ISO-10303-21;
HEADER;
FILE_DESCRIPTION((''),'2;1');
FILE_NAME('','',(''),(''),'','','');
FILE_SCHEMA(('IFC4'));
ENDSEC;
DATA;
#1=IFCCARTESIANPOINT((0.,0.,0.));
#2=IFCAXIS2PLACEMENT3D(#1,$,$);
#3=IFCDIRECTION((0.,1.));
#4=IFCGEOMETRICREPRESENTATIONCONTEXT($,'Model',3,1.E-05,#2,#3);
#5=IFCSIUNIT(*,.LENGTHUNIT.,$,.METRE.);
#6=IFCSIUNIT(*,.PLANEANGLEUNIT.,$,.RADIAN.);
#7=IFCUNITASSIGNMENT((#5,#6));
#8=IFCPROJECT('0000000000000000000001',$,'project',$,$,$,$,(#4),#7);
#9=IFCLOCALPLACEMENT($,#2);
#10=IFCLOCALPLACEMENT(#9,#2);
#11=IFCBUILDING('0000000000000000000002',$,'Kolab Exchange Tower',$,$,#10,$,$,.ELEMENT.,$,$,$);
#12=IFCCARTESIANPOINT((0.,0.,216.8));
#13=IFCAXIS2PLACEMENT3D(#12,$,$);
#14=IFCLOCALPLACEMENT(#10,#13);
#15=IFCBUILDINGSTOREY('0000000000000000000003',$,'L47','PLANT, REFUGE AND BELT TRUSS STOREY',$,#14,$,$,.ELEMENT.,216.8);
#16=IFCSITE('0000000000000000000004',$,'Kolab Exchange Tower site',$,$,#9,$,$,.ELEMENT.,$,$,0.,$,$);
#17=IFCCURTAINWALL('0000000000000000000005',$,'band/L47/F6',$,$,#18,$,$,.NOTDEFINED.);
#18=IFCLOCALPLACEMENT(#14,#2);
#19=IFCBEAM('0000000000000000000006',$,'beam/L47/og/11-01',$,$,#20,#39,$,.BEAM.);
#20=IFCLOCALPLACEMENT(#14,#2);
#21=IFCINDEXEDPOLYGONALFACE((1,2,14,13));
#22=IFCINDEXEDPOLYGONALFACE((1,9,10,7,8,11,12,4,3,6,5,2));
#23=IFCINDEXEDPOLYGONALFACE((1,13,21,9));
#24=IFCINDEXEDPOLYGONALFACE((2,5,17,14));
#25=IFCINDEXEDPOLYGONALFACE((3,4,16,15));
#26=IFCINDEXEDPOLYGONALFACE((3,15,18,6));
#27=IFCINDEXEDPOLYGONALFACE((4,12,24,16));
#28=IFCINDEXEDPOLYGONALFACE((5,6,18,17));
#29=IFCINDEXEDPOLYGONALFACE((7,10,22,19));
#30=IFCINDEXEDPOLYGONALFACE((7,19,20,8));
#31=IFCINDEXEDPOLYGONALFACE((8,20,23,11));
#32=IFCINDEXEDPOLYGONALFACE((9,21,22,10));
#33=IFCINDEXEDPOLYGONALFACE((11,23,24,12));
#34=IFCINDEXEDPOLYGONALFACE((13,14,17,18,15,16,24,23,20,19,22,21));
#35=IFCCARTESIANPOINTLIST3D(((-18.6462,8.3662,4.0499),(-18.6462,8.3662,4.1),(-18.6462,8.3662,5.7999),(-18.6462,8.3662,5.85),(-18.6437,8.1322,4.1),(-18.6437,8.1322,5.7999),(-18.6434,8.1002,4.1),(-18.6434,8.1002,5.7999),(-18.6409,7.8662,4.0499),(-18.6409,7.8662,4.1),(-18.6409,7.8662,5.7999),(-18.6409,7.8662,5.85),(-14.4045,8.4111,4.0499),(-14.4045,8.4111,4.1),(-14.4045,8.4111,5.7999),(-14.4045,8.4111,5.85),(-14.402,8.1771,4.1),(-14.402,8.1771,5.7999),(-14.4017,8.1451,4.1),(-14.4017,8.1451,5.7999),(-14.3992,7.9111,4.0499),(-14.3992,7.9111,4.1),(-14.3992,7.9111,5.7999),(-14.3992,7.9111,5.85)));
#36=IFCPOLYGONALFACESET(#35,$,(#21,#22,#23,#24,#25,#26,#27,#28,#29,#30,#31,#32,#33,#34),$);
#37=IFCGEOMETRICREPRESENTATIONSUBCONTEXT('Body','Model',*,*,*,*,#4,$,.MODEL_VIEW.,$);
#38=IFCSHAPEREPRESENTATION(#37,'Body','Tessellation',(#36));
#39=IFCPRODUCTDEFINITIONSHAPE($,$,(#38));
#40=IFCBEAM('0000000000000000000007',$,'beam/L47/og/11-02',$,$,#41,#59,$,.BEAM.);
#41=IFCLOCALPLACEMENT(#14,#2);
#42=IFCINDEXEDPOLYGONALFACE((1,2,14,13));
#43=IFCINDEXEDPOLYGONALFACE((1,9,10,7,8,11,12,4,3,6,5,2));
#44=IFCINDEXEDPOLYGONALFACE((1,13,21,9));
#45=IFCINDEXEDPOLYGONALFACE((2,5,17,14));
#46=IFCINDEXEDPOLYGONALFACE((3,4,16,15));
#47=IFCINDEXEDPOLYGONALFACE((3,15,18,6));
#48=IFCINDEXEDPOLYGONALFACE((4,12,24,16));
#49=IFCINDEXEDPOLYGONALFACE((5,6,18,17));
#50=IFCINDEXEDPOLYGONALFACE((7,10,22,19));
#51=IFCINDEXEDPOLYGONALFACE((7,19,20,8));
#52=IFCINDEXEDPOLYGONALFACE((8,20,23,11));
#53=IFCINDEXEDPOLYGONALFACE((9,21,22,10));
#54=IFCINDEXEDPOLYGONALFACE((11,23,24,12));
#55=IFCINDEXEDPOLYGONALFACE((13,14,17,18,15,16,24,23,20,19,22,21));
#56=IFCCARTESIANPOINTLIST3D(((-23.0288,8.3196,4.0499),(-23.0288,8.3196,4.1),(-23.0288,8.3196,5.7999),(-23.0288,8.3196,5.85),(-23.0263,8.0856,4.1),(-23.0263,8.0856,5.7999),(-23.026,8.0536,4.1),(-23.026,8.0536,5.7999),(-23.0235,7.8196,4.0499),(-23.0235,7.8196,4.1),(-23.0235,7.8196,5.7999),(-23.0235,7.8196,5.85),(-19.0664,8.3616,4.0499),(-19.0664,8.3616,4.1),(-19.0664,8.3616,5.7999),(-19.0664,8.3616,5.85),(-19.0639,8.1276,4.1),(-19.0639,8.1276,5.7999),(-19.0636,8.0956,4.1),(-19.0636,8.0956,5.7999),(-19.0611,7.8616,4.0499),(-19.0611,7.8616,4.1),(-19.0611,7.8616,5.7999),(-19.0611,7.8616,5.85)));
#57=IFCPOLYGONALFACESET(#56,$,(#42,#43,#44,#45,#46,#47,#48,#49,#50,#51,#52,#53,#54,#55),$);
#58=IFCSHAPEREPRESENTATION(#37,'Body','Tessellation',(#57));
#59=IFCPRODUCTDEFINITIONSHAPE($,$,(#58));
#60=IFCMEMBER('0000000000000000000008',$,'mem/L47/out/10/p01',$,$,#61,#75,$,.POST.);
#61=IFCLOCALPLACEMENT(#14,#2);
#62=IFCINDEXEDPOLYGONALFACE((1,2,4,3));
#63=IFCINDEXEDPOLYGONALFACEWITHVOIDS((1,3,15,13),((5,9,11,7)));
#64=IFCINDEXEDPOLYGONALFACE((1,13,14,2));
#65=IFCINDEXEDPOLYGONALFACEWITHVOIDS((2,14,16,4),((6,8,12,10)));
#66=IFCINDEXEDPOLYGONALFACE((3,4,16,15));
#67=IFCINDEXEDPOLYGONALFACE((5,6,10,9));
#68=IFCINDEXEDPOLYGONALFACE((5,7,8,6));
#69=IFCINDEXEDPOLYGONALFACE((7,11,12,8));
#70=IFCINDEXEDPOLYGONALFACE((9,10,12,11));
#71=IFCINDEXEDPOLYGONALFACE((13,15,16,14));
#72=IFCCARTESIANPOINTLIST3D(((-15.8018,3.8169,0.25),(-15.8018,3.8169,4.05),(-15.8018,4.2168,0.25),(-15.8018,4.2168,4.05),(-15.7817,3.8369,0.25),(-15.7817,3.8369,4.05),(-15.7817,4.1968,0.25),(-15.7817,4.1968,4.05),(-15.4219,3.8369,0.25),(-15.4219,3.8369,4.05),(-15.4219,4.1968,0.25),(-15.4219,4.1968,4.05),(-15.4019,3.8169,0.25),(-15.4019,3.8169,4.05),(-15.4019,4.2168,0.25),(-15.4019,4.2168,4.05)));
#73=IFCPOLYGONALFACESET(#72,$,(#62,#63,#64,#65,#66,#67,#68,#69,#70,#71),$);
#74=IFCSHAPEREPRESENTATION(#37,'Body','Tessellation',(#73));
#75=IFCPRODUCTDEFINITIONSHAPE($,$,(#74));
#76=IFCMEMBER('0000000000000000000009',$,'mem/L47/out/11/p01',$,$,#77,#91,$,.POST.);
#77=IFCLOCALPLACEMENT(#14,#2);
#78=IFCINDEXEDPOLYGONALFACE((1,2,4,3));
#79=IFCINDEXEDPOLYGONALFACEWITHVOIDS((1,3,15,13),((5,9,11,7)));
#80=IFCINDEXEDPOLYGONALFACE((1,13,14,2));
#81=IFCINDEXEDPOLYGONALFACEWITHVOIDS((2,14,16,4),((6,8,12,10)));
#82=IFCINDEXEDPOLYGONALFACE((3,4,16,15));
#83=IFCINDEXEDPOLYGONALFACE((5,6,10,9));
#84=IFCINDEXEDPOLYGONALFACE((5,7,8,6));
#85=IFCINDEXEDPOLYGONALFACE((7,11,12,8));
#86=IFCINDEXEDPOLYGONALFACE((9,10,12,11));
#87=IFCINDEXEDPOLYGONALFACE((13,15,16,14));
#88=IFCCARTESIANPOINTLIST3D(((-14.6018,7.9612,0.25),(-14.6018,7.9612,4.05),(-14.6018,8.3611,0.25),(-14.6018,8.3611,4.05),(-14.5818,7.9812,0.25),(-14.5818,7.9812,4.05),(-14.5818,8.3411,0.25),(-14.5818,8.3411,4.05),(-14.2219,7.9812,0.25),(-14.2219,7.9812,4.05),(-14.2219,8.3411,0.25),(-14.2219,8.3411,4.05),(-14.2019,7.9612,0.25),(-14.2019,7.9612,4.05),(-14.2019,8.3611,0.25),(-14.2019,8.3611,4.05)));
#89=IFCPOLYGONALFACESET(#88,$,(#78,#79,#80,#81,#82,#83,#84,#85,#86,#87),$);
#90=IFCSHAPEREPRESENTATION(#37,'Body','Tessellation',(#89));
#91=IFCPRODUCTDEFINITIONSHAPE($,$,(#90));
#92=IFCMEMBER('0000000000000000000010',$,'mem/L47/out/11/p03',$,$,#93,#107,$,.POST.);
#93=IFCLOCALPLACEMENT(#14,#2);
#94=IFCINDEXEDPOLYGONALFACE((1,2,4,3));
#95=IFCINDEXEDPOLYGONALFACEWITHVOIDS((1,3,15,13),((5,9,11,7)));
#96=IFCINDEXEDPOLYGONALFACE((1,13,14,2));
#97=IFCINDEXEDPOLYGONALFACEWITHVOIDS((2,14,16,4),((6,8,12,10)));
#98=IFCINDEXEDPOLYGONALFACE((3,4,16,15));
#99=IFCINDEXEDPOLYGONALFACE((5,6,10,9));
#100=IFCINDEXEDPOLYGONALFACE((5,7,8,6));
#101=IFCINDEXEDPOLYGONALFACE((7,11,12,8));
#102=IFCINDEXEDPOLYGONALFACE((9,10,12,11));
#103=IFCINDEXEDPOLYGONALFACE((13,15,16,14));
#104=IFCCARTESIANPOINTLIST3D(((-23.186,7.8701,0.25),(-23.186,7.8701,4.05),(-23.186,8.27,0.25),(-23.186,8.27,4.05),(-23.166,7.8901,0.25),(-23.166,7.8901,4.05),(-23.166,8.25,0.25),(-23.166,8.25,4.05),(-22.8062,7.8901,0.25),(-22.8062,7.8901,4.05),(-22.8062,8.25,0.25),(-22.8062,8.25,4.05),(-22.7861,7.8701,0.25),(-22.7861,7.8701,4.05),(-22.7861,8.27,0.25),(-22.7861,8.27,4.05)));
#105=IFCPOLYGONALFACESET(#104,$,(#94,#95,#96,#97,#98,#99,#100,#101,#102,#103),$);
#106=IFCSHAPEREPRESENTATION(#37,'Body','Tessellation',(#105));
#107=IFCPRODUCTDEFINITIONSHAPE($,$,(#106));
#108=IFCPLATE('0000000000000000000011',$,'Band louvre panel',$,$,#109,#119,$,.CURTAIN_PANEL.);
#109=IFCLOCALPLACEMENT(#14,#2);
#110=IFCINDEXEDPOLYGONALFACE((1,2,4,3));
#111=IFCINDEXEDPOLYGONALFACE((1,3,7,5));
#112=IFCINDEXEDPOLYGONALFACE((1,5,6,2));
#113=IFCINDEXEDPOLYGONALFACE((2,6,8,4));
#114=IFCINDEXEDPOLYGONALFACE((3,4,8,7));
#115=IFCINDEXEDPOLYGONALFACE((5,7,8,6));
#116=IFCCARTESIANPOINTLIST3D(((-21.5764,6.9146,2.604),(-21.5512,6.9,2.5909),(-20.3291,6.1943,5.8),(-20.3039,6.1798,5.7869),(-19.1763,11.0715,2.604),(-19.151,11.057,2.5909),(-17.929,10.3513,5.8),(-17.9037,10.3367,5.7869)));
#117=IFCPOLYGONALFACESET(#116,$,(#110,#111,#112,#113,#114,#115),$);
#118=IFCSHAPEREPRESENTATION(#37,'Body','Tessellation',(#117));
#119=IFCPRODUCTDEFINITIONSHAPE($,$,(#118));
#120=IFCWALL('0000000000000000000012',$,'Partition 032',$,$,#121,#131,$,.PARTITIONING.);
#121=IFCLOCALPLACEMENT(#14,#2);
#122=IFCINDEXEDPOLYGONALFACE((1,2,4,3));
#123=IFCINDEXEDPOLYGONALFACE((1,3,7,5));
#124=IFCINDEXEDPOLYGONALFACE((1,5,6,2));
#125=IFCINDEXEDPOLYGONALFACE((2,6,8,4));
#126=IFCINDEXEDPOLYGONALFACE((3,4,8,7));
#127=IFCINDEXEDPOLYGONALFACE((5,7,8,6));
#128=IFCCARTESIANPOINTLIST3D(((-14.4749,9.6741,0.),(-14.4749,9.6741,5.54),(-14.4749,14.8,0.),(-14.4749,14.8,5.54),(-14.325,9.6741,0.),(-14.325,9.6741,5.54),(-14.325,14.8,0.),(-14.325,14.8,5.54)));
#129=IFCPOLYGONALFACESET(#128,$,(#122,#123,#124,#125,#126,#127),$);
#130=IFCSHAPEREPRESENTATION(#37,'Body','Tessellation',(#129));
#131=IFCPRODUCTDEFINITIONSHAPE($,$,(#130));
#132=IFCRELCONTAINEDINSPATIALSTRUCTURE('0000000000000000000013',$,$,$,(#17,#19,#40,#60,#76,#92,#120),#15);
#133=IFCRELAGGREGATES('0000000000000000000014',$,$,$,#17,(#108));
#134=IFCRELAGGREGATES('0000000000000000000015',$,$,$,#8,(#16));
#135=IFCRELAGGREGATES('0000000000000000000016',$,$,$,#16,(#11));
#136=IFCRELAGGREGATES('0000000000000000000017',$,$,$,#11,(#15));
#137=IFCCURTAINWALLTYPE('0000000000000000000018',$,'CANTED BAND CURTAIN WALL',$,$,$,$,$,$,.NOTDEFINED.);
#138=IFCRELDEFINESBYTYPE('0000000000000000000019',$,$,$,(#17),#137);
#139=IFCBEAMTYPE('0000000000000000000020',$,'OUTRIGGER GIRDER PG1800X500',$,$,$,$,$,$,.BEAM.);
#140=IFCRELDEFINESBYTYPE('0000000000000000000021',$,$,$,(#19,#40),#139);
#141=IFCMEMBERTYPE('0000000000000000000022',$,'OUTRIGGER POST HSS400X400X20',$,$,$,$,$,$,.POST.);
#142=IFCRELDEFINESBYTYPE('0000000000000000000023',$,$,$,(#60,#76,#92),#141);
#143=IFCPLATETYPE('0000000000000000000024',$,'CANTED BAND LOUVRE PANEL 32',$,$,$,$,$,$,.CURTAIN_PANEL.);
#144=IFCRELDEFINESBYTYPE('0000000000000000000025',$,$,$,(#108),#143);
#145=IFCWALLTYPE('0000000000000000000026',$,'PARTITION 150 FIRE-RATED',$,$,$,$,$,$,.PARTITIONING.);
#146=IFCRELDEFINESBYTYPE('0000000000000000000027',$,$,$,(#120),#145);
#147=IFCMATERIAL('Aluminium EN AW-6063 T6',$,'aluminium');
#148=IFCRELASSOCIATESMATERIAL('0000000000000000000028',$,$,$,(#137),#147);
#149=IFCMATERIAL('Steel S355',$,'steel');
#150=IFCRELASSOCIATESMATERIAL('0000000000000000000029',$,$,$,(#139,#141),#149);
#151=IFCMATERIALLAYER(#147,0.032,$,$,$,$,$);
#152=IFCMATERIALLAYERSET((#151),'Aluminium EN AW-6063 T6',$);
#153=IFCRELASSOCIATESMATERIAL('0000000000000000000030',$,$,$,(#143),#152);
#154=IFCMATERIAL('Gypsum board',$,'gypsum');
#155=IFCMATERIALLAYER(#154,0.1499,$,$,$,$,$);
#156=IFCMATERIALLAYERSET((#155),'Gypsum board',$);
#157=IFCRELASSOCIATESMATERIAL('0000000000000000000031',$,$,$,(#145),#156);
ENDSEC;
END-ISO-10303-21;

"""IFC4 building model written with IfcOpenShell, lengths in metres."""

from ifc_helpers import new_model, si_unit, direction, frame, frame_2d, origin, origin_2d, place, context, subcontext, project, spatial, polyline, rectangle, hollow_rectangle, i_section, outline, extrude, material, layer, layer_set, material_profile, profile_set, type_object, element, aggregate, save


model = new_model("IFC4")

# Units and contexts
model_context = context("Model", 3, precision=1e-05, world=origin(), true_north=direction((0.0, 1.0)))
body_context = subcontext(model_context, "Body", "Model", "MODEL_VIEW")
ifc_project = project(units=[si_unit("LENGTHUNIT", "METRE"), si_unit("PLANEANGLEUNIT", "RADIAN")], contexts=[model_context])

# Site, building, storey
site_placement = place(None, origin())
site = spatial("IfcSite", under=ifc_project, at=site_placement, Name="Kolab Exchange Tower site", CompositionType="ELEMENT", RefElevation=0.0)
building_placement = place(site_placement, origin())
building = spatial("IfcBuilding", under=site, at=building_placement, Name="Kolab Exchange Tower", CompositionType="ELEMENT")
storey_placement = place(building_placement, frame((0.0, 0.0, 216.8)))
storey = spatial("IfcBuildingStorey", under=building, at=storey_placement, Name="L47", Description="PLANT, REFUGE AND BELT TRUSS STOREY", CompositionType="ELEMENT", Elevation=216.8)

# Shared definitions
ifc_material_1 = material(Name="Steel S355", Category="steel")

# Curtain wall
ifc_material_2 = material(Name="Aluminium EN AW-6063 T6", Category="aluminium")
curtain_wall_type = type_object("IfcCurtainWallType", Name="CANTED BAND CURTAIN WALL", PredefinedType="NOTDEFINED", material=ifc_material_2)
curtain_wall_placement = place(storey_placement, origin())
curtain_wall = element("IfcCurtainWall", 1, at=curtain_wall_placement, inside=storey, type_object=curtain_wall_type, Name="band/L47/F6", PredefinedType="NOTDEFINED")

# Beams
ifc_material_profile_1 = material_profile(ifc_material_1, i_section(OverallWidth=0.5, OverallDepth=1.8, WebThickness=0.032, FlangeThickness=0.05, at=origin_2d()), Name="PG1800X500")
ifc_profile_set_1 = profile_set([ifc_material_profile_1], Name="Steel S355")
beam_type_1 = type_object("IfcBeamType", Name="OUTRIGGER GIRDER PG1800X500", PredefinedType="BEAM", material=ifc_profile_set_1)
beam_1_placement = place(storey_placement, frame((-14.4019, 8.1611, 4.95), z_axis=(-0.999944, -0.01059, 0.0), x_axis=(0.01059, -0.999944, 0.0)))
element("IfcBeam", 2, at=beam_1_placement, inside=storey, type_object=beam_type_1, Name="beam/L47/og/11-01", PredefinedType="BEAM", context=body_context, shape_type="SweptSolid", body=[
    extrude(i_section(OverallWidth=0.5, OverallDepth=1.8, WebThickness=0.032, FlangeThickness=0.05, at=origin_2d()), origin(), (0.0, 0.0, 1.0), 4.2419),
])
beam_2_placement = place(storey_placement, frame((-19.0637, 8.1116, 4.95), z_axis=(-0.999944, -0.010597, 0.0), x_axis=(0.010597, -0.999944, 0.0)))
element("IfcBeam", 3, at=beam_2_placement, inside=storey, type_object=beam_type_1, Name="beam/L47/og/11-02", PredefinedType="BEAM", context=body_context, shape_type="SweptSolid", body=[
    extrude(i_section(OverallWidth=0.5, OverallDepth=1.8, WebThickness=0.032, FlangeThickness=0.05, at=origin_2d()), origin(), (0.0, 0.0, 1.0), 3.9626),
])

# Members
ifc_material_profile_2 = material_profile(ifc_material_1, hollow_rectangle(XDim=0.3999, YDim=0.3999, WallThickness=0.02, at=origin_2d()), Name="HSS400X400X20")
ifc_profile_set_2 = profile_set([ifc_material_profile_2], Name="Steel S355")
member_type_1 = type_object("IfcMemberType", Name="OUTRIGGER POST HSS400X400X20", PredefinedType="POST", material=ifc_profile_set_2)
for number, where, z_axis, x_axis, name in (
    (4, (-15.6018, 4.0168, 0.25), (0.0, 0.0, 1.0), (1.0, 0.0, 0.0), "mem/L47/out/10/p01"),
    (5, (-14.4019, 8.1611, 0.25), (0.0, 0.0, 1.0), (1.0, 0.0, 0.0), "mem/L47/out/11/p01"),
    (6, (-22.9861, 8.0701, 0.25), (0.0, 0.0, 1.0), (1.0, 0.0, 0.0), "mem/L47/out/11/p03"),
):
    element("IfcMember", number, at=place(storey_placement, frame(where, z_axis=z_axis, x_axis=x_axis)), inside=storey, type_object=member_type_1, Name=name, PredefinedType="POST", context=body_context, shape_type="SweptSolid", body=[
        extrude(hollow_rectangle(XDim=0.3999, YDim=0.3999, WallThickness=0.02, at=origin_2d()), origin(), (0.0, 0.0, 1.0), 3.8),
    ])

# Plate
ifc_layer_1 = layer(ifc_material_2, 0.032)
ifc_layer_set_1 = layer_set([ifc_layer_1], Name="Aluminium EN AW-6063 T6")
plate_type = type_object("IfcPlateType", Name="CANTED BAND LOUVRE PANEL 32", PredefinedType="CURTAIN_PANEL", material=ifc_layer_set_1)
plate_placement = place(storey_placement, frame((-21.5764, 6.9146, 2.604), z_axis=(-0.789544, 0.455865, 0.410861), x_axis=(0.500017, 0.866015, 0.0)))
plate = element("IfcPlate", 7, at=plate_placement, type_object=plate_type, Name="Band louvre panel", PredefinedType="CURTAIN_PANEL", context=body_context, shape_type="SweptSolid", body=[
    extrude(outline(polyline([(0.0, 0.0), (4.8001, 0.0), (4.8001, -3.5056), (0.0, -3.5056), (0.0, 0.0)])), origin(), (0.0, 0.0, -1.0), 0.032),
])
aggregate(curtain_wall, [plate])

# Wall
ifc_material_3 = material(Name="Gypsum board", Category="gypsum")
ifc_layer_2 = layer(ifc_material_3, 0.1499)
ifc_layer_set_2 = layer_set([ifc_layer_2], Name="Gypsum board")
wall_type = type_object("IfcWallType", Name="PARTITION 150 FIRE-RATED", PredefinedType="PARTITIONING", material=ifc_layer_set_2)
wall_placement = place(storey_placement, frame((-14.3999, 9.6741, 0.0), z_axis=(0.0, 0.0, 1.0), x_axis=(0.0, 1.0, 0.0)))
element("IfcWall", 8, at=wall_placement, inside=storey, type_object=wall_type, Name="Partition 032", PredefinedType="PARTITIONING", context=body_context, shape_type="SweptSolid", body=[
    extrude(rectangle(XDim=5.126, YDim=0.1499, at=frame_2d((2.563, 0.0))), origin(), (0.0, 0.0, 1.0), 5.54),
])

save(model, "model.ifc")
